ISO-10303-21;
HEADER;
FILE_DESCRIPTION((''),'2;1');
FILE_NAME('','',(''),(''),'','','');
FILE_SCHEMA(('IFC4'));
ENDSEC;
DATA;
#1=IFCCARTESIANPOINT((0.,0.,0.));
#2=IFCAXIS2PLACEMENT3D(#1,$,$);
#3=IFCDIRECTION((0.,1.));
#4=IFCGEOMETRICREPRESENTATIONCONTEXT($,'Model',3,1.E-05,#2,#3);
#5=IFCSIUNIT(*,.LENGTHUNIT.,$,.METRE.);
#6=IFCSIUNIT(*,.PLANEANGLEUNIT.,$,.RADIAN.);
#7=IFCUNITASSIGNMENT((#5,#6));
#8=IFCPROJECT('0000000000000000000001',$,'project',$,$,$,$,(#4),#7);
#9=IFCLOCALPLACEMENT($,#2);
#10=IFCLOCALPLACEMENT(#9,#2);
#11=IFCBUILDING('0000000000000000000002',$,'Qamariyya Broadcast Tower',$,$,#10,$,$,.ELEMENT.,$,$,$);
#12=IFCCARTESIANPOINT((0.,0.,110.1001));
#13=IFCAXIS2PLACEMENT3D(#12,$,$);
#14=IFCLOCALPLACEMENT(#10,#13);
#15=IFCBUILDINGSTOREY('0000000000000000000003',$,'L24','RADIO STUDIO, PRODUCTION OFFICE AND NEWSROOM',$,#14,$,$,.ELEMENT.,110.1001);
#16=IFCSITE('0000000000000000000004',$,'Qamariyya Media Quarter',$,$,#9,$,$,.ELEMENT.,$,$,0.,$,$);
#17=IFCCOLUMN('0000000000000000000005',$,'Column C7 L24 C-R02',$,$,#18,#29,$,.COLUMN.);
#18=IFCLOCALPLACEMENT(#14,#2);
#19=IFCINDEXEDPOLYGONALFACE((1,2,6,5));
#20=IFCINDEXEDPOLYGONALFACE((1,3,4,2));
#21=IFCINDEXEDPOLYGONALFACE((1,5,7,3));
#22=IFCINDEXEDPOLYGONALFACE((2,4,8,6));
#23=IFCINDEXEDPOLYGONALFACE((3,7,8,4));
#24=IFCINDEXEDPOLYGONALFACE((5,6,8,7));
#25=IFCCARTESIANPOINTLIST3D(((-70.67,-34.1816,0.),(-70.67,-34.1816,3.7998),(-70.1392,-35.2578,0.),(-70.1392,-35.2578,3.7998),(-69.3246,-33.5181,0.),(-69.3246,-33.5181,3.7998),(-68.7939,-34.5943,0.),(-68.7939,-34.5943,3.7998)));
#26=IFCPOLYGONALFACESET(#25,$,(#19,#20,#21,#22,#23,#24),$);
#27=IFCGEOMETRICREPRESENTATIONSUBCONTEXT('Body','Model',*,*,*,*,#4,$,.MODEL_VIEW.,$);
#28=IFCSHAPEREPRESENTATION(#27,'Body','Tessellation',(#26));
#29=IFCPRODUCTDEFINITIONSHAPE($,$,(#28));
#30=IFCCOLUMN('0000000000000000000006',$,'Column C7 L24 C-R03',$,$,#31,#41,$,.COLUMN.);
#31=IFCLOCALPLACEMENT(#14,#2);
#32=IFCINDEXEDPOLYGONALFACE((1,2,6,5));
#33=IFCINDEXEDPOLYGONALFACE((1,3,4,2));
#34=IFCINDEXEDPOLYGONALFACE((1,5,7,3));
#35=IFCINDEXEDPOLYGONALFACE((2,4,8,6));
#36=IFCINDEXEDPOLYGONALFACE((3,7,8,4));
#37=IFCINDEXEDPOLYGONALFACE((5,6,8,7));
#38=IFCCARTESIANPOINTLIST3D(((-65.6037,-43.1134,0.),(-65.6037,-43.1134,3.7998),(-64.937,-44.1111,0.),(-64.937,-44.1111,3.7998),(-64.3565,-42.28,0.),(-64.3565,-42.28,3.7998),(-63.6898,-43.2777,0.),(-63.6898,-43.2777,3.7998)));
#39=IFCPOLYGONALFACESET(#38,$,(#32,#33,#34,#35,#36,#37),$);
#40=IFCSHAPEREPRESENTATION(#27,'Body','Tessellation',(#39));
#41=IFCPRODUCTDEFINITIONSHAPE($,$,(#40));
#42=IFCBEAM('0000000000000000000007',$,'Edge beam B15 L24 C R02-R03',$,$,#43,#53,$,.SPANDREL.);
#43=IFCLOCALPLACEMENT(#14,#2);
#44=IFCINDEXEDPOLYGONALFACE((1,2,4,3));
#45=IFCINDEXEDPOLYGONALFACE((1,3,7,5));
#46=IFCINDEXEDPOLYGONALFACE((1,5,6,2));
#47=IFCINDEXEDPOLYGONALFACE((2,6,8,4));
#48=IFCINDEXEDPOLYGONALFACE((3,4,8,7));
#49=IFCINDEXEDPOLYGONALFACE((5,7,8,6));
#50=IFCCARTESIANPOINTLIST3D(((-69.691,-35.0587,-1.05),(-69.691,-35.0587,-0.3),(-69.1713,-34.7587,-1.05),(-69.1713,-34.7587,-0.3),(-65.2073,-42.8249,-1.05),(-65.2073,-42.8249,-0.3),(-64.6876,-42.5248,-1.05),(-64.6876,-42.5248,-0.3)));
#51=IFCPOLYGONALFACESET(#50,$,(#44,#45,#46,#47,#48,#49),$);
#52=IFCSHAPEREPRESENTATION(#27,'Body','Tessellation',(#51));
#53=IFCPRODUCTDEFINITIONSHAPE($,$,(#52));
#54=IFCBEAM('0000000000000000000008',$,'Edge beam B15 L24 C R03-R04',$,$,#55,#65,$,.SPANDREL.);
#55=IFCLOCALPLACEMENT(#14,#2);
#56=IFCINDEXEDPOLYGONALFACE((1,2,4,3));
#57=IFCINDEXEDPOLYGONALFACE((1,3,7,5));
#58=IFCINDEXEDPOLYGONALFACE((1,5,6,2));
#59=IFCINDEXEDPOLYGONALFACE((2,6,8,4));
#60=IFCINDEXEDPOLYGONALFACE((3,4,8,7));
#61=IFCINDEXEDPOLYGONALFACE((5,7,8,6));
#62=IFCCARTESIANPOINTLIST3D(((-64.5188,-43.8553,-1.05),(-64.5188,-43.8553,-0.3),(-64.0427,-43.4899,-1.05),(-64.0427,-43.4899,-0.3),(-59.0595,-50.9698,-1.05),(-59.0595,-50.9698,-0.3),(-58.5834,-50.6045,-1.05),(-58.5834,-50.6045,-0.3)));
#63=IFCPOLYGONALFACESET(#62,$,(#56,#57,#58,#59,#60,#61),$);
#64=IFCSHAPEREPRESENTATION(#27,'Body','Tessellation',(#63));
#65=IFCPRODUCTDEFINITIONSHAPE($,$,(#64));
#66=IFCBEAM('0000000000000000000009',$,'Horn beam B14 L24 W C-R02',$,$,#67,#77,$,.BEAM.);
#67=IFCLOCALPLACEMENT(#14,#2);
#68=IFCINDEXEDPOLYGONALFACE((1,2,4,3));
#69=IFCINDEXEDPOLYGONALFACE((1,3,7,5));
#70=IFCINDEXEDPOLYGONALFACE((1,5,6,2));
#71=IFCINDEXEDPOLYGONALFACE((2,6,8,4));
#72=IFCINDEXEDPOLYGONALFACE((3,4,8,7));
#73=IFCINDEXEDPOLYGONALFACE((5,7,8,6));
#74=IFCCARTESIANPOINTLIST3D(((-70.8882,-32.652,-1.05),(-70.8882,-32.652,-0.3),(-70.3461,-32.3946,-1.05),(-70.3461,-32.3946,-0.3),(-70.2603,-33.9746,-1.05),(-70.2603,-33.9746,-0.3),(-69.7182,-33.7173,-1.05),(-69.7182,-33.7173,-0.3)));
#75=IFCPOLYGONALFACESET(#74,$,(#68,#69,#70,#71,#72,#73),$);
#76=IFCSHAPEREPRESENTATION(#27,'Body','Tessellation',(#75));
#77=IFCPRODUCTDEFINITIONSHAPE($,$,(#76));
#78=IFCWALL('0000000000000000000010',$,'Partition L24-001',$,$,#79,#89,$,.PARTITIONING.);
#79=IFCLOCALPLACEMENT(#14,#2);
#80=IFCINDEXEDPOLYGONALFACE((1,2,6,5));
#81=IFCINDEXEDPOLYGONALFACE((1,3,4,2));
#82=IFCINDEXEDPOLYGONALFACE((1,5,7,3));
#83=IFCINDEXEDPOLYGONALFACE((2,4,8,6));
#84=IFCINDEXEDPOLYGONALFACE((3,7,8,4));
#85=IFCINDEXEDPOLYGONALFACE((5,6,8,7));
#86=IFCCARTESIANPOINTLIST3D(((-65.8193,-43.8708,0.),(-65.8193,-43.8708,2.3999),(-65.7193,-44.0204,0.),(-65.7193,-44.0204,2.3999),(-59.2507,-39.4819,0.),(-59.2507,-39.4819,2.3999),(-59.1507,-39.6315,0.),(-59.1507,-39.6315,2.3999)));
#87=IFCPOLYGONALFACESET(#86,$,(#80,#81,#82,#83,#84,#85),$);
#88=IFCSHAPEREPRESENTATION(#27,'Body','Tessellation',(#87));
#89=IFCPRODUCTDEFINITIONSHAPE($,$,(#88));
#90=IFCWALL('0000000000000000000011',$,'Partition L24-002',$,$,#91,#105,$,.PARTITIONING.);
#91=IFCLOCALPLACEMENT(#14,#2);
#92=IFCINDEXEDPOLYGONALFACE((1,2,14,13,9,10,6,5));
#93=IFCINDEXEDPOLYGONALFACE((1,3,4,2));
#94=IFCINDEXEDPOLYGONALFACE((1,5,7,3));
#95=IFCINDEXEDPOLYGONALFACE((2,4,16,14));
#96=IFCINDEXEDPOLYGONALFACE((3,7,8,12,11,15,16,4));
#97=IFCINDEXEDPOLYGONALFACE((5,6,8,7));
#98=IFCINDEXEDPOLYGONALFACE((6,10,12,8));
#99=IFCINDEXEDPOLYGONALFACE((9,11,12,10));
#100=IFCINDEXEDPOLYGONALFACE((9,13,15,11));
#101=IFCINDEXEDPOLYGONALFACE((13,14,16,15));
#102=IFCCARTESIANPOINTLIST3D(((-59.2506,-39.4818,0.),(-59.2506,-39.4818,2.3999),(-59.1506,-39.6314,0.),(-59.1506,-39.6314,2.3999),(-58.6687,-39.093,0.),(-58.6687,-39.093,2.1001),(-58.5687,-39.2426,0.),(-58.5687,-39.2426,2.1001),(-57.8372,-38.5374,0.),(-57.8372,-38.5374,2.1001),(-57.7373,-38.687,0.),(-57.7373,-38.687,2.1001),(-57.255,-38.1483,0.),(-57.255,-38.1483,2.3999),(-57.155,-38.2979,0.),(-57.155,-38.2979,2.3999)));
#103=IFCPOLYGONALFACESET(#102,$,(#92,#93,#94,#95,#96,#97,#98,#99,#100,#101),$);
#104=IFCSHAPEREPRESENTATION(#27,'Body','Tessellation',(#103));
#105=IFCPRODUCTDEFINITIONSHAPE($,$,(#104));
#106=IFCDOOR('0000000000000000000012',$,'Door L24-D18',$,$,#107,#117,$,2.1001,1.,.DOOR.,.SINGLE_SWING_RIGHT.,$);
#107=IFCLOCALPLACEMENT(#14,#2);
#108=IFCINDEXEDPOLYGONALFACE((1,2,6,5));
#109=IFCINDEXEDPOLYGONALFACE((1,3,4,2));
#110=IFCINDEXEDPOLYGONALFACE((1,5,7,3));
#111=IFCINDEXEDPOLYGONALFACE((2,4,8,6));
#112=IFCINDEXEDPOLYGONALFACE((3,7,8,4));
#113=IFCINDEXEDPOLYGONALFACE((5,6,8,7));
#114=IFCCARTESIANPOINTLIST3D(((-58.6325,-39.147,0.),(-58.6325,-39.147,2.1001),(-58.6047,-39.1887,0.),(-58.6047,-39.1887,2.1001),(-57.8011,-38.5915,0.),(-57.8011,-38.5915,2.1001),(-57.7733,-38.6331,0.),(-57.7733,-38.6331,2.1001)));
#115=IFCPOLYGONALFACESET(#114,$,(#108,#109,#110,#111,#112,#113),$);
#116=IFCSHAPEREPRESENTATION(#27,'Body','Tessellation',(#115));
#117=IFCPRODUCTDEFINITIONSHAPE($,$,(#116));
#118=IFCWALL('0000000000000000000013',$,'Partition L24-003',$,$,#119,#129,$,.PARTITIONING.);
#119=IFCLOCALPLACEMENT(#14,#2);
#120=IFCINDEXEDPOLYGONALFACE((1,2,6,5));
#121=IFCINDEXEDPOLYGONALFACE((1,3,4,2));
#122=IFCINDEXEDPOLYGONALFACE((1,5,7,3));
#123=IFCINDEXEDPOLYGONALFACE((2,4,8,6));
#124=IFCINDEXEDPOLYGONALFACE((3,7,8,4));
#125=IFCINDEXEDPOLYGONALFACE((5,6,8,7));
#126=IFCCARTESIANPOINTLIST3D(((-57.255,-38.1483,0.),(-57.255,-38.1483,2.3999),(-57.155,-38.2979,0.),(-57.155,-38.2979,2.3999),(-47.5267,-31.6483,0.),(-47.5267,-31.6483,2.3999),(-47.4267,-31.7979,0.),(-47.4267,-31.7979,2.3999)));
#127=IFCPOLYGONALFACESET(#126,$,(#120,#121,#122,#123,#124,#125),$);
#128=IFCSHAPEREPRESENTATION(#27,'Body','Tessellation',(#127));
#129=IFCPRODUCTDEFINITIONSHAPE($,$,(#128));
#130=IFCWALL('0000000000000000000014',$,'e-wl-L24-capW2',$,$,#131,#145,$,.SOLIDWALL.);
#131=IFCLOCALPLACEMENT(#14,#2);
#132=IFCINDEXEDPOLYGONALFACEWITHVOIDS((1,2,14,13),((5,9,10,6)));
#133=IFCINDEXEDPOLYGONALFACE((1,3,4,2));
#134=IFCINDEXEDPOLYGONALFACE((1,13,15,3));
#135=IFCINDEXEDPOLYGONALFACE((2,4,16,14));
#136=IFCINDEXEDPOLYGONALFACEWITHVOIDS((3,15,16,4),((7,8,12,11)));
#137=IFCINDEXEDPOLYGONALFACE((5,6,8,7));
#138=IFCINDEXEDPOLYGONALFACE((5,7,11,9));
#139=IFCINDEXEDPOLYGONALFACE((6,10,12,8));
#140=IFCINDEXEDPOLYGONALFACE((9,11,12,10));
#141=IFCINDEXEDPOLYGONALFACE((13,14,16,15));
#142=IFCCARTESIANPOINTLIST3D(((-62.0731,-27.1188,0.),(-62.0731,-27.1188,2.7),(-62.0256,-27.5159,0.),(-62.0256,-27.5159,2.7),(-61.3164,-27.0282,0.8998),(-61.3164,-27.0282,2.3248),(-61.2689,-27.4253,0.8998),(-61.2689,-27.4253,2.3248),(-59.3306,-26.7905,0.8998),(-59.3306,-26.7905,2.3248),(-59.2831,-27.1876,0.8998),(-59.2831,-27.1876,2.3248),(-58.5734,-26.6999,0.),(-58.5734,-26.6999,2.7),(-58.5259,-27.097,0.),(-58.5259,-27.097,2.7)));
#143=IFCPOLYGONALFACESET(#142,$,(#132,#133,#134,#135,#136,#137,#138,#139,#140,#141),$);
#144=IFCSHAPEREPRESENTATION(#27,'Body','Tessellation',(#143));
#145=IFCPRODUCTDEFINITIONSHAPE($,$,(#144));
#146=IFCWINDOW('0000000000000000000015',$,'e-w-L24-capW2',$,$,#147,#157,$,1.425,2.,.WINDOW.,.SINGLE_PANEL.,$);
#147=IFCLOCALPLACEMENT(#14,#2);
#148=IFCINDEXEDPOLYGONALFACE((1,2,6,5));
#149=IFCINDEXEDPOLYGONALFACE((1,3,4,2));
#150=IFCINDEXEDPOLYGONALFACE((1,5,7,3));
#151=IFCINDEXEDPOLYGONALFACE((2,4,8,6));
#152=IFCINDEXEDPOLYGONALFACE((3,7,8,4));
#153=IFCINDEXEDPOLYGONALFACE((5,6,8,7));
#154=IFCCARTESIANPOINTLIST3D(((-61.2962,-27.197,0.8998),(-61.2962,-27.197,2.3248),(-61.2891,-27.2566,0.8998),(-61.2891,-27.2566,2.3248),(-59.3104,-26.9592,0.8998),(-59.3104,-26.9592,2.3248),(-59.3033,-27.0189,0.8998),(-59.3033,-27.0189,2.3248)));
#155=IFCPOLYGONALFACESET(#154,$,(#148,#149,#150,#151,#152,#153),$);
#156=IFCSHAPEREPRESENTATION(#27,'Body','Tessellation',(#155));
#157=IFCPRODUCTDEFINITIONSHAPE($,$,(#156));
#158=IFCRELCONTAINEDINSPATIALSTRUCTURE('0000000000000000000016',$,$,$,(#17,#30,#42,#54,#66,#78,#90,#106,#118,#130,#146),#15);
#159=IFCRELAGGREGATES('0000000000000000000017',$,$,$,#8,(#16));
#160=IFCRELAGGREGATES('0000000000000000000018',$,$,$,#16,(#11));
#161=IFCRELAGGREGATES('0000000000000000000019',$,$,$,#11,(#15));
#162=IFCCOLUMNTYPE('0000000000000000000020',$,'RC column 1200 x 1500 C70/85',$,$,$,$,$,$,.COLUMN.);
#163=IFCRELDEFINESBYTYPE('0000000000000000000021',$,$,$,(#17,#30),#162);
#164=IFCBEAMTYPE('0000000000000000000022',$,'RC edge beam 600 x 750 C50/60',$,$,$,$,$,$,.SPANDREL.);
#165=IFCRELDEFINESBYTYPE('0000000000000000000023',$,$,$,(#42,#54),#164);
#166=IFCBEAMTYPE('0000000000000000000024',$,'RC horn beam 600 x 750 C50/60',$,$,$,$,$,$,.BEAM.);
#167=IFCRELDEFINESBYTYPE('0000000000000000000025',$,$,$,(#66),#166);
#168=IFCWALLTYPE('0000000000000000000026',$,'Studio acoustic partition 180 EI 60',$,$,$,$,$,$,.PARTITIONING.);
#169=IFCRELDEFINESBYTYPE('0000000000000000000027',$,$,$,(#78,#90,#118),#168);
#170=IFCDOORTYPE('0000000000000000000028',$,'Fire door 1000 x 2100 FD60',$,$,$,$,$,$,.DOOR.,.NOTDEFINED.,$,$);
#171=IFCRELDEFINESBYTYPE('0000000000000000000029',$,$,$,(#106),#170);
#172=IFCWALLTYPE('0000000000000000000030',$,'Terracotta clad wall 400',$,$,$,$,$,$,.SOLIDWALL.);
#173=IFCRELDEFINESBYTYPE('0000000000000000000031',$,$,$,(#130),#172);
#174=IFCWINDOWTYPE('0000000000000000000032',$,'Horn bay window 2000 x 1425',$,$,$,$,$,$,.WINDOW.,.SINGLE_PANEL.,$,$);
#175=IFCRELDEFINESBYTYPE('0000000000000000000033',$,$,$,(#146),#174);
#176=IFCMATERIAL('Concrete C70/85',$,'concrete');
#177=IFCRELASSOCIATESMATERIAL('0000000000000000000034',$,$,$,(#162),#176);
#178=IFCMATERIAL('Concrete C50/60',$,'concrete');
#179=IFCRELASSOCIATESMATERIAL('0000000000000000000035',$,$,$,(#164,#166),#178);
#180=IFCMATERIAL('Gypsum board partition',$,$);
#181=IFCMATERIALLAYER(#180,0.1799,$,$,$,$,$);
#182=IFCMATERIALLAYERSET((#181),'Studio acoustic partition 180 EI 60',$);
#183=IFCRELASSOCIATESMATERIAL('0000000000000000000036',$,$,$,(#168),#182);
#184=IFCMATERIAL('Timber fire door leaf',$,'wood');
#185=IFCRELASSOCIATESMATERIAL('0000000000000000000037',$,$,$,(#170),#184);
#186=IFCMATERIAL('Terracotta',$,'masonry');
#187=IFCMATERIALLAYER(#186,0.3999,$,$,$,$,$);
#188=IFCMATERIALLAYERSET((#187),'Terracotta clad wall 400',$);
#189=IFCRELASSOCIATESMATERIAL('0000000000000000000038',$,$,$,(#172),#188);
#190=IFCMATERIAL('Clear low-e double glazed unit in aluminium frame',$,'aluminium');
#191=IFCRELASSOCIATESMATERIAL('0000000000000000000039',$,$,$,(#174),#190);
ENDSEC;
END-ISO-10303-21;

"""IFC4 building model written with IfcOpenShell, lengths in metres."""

from ifc_helpers import new_model, si_unit, direction, frame, frame_2d, origin, origin_2d, place, context, subcontext, project, spatial, rectangle, extrude, material, layer, layer_set, material_profile, profile_set, type_object, element, fill, save


model = new_model("IFC4")

# Units and contexts
model_context = context("Model", 3, precision=1e-05, world=origin(), true_north=direction((0.0, 1.0)))
body_context = subcontext(model_context, "Body", "Model", "MODEL_VIEW")
ifc_project = project(units=[si_unit("LENGTHUNIT", "METRE"), si_unit("PLANEANGLEUNIT", "RADIAN")], contexts=[model_context])

# Site, building, storey
site_placement = place(None, origin())
site = spatial("IfcSite", under=ifc_project, at=site_placement, Name="Qamariyya Media Quarter", CompositionType="ELEMENT", RefElevation=0.0)
building_placement = place(site_placement, origin())
building = spatial("IfcBuilding", under=site, at=building_placement, Name="Qamariyya Broadcast Tower", CompositionType="ELEMENT")
storey_placement = place(building_placement, frame((0.0, 0.0, 110.1001)))
storey = spatial("IfcBuildingStorey", under=building, at=storey_placement, Name="L24", Description="RADIO STUDIO, PRODUCTION OFFICE AND NEWSROOM", CompositionType="ELEMENT", Elevation=110.1001)

# Columns
ifc_material_1 = material(Name="Concrete C70/85", Category="concrete")
ifc_material_profile_1 = material_profile(ifc_material_1, rectangle(XDim=1.2, YDim=1.5, at=origin_2d()))
ifc_profile_set_1 = profile_set([ifc_material_profile_1], Name="Concrete C70/85")
column_type = type_object("IfcColumnType", Name="RC column 1200 x 1500 C70/85", PredefinedType="COLUMN", material=ifc_profile_set_1)
for number, where, z_axis, x_axis, name in (
    (1, (-69.7319, -34.3879, 0.0), (0.0, 0.0, 1.0), (0.442289, -0.896873, 0.0), "Column C7 L24 C-R02"),
    (2, (-64.6467, -43.1956, 0.0), (0.0, 0.0, 1.0), (0.55557, -0.83147, 0.0), "Column C7 L24 C-R03"),
):
    element("IfcColumn", number, at=place(storey_placement, frame(where, z_axis=z_axis, x_axis=x_axis)), inside=storey, type_object=column_type, Name=name, PredefinedType="COLUMN", context=body_context, shape_type="SweptSolid", body=[
        extrude(rectangle(XDim=1.2, YDim=1.5, at=origin_2d()), origin(), (0.0, 0.0, 1.0), 3.7998),
    ])

# Beams
ifc_material_2 = material(Name="Concrete C50/60", Category="concrete")
ifc_material_profile_2 = material_profile(ifc_material_2, rectangle(XDim=0.6001, YDim=0.75, at=origin_2d()))
ifc_profile_set_2 = profile_set([ifc_material_profile_2], Name="Concrete C50/60")
beam_type_1 = type_object("IfcBeamType", Name="RC edge beam 600 x 750 C50/60", PredefinedType="SPANDREL", material=ifc_profile_set_2)
beam_1_placement = place(storey_placement, frame((-69.4312, -34.9087, -0.675), z_axis=(0.49999, -0.866031, 0.0), x_axis=(0.866031, 0.49999, 0.0)))
element("IfcBeam", 3, at=beam_1_placement, inside=storey, type_object=beam_type_1, Name="Edge beam B15 L24 C R02-R03", PredefinedType="SPANDREL", context=body_context, shape_type="SweptSolid", body=[
    extrude(rectangle(XDim=0.6001, YDim=0.75, at=origin_2d()), origin(), (0.0, 0.0, 1.0), 8.9675),
])
beam_2_placement = place(storey_placement, frame((-64.2808, -43.6726, -0.675), z_axis=(0.608767, -0.793349, 0.0), x_axis=(0.793349, 0.608767, 0.0)))
element("IfcBeam", 4, at=beam_2_placement, inside=storey, type_object=beam_type_1, Name="Edge beam B15 L24 C R03-R04", PredefinedType="SPANDREL", context=body_context, shape_type="SweptSolid", body=[
    extrude(rectangle(XDim=0.6001, YDim=0.75, at=origin_2d()), origin(), (0.0, 0.0, 1.0), 8.9678),
])
ifc_material_profile_3 = material_profile(ifc_material_2, rectangle(XDim=0.6001, YDim=0.75, at=origin_2d()))
ifc_profile_set_3 = profile_set([ifc_material_profile_3], Name="Concrete C50/60")
beam_type_2 = type_object("IfcBeamType", Name="RC horn beam 600 x 750 C50/60", PredefinedType="BEAM", material=ifc_profile_set_3)
beam_3_placement = place(storey_placement, frame((-69.9893, -33.8459, -0.675), z_axis=(-0.428846, 0.903378, 0.0), x_axis=(-0.903378, -0.428846, 0.0)))
element("IfcBeam", 5, at=beam_3_placement, inside=storey, type_object=beam_type_2, Name="Horn beam B14 L24 W C-R02", PredefinedType="BEAM", context=body_context, shape_type="SweptSolid", body=[
    extrude(rectangle(XDim=0.6001, YDim=0.75, at=origin_2d()), origin(), (0.0, 0.0, 1.0), 1.4641),
])

# Wall
ifc_material_3 = material(Name="Gypsum board partition")
ifc_layer_1 = layer(ifc_material_3, 0.1799)
ifc_layer_set_1 = layer_set([ifc_layer_1], Name="Studio acoustic partition 180 EI 60")
wall_type_1 = type_object("IfcWallType", Name="Studio acoustic partition 180 EI 60", PredefinedType="PARTITIONING", material=ifc_layer_set_1)
wall_1_placement = place(storey_placement, frame((-65.7693, -43.9456, 0.0), z_axis=(0.0, 0.0, 1.0), x_axis=(0.831475, 0.555563, 0.0)))
element("IfcWall", 6, at=wall_1_placement, inside=storey, type_object=wall_type_1, Name="Partition L24-001", PredefinedType="PARTITIONING", context=body_context, shape_type="SweptSolid", body=[
    extrude(rectangle(XDim=7.8999, YDim=0.1799, at=frame_2d((3.95, 0.0))), origin(), (0.0, 0.0, 1.0), 2.3999),
])

# Wall, opening, door
wall_2_placement = place(storey_placement, frame((-59.2007, -39.5566, 0.0), z_axis=(0.0, 0.0, 1.0), x_axis=(0.831455, 0.555592, 0.0)))
wall_2 = element("IfcWall", 7, at=wall_2_placement, inside=storey, type_object=wall_type_1, Name="Partition L24-002", PredefinedType="PARTITIONING", context=body_context, shape_type="SweptSolid", body=[
    extrude(rectangle(XDim=2.4001, YDim=0.1799, at=frame_2d((1.2002, 0.0))), origin(), (0.0, 0.0, 1.0), 2.3999),
])
opening_1_placement = place(wall_2_placement, frame((0.7, 0.0, 0.0)))
opening_1 = element("IfcOpeningElement", 8, at=opening_1_placement, cuts=wall_2, PredefinedType="OPENING", context=body_context, shape_type="SweptSolid", body=[
    extrude(rectangle(XDim=1.0, YDim=2.1001, at=frame_2d((0.5, 1.05))), frame((0.0, 0.0999, 0.0), z_axis=(0.0, -1.0, 0.0), x_axis=(1.0, 0.0, 0.0)), (0.0, 0.0, 1.0), 0.2),
])
ifc_material_4 = material(Name="Timber fire door leaf", Category="wood")
door_type = type_object("IfcDoorType", Name="Fire door 1000 x 2100 FD60", OperationType="NOTDEFINED", PredefinedType="DOOR", material=ifc_material_4)
door_placement = place(opening_1_placement, origin())
door = element("IfcDoor", 9, at=door_placement, inside=storey, type_object=door_type, Name="Door L24-D18", OperationType="SINGLE_SWING_RIGHT", OverallHeight=2.1001, OverallWidth=1.0, PredefinedType="DOOR", context=body_context, shape_type="SweptSolid", body=[
    extrude(rectangle(XDim=1.0, YDim=2.1001, at=frame_2d((0.5, 1.05))), frame((0.0, 0.0249, 0.0), z_axis=(0.0, -1.0, 0.0), x_axis=(1.0, 0.0, 0.0)), (0.0, 0.0, 1.0), 0.05),
])
fill(opening_1, door)

# Wall
wall_3_placement = place(storey_placement, frame((-57.2051, -38.2231, 0.0), z_axis=(0.0, 0.0, 1.0), x_axis=(0.831478, 0.555557, 0.0)))
element("IfcWall", 10, at=wall_3_placement, inside=storey, type_object=wall_type_1, Name="Partition L24-003", PredefinedType="PARTITIONING", context=body_context, shape_type="SweptSolid", body=[
    extrude(rectangle(XDim=11.7, YDim=0.1799, at=frame_2d((5.8501, 0.0))), origin(), (0.0, 0.0, 1.0), 2.3999),
])

# Wall, opening, window
ifc_material_5 = material(Name="Terracotta", Category="masonry")
ifc_layer_2 = layer(ifc_material_5, 0.3999)
ifc_layer_set_2 = layer_set([ifc_layer_2], Name="Terracotta clad wall 400")
wall_type_2 = type_object("IfcWallType", Name="Terracotta clad wall 400", PredefinedType="SOLIDWALL", material=ifc_layer_set_2)
wall_4_placement = place(storey_placement, frame((-58.5498, -26.8984, 0.0), z_axis=(0.0, 0.0, 1.0), x_axis=(-0.992911, -0.118858, 0.0)))
wall_4 = element("IfcWall", 11, at=wall_4_placement, inside=storey, type_object=wall_type_2, Name="e-wl-L24-capW2", PredefinedType="SOLIDWALL", context=body_context, shape_type="SweptSolid", body=[
    extrude(rectangle(XDim=3.5247, YDim=0.3999, at=frame_2d((1.7622, 0.0))), origin(), (0.0, 0.0, 1.0), 2.7),
])
opening_2_placement = place(wall_4_placement, frame((0.7625, 0.0, 0.8999)))
opening_2 = element("IfcOpeningElement", 12, at=opening_2_placement, cuts=wall_4, PredefinedType="OPENING", context=body_context, shape_type="SweptSolid", body=[
    extrude(rectangle(XDim=2.0, YDim=1.425, at=frame_2d((1.0, 0.7124))), frame((0.0, 0.21, 0.0), z_axis=(0.0, -1.0, 0.0), x_axis=(1.0, 0.0, 0.0)), (0.0, 0.0, 1.0), 0.4199),
])
ifc_material_6 = material(Name="Clear low-e double glazed unit in aluminium frame", Category="aluminium")
window_type = type_object("IfcWindowType", Name="Horn bay window 2000 x 1425", PartitioningType="SINGLE_PANEL", PredefinedType="WINDOW", material=ifc_material_6)
window_1_placement = place(opening_2_placement, origin())
window_1 = element("IfcWindow", 13, at=window_1_placement, inside=storey, type_object=window_type, Name="e-w-L24-capW2", OverallHeight=1.425, OverallWidth=2.0, PartitioningType="SINGLE_PANEL", PredefinedType="WINDOW", context=body_context, shape_type="SweptSolid", body=[
    extrude(rectangle(XDim=2.0, YDim=1.425, at=frame_2d((1.0, 0.7124))), frame((0.0, 0.03, 0.0), z_axis=(0.0, -1.0, 0.0), x_axis=(1.0, 0.0, 0.0)), (0.0, 0.0, 1.0), 0.0601),
])
fill(opening_2, window_1)

save(model, "model.ifc")
